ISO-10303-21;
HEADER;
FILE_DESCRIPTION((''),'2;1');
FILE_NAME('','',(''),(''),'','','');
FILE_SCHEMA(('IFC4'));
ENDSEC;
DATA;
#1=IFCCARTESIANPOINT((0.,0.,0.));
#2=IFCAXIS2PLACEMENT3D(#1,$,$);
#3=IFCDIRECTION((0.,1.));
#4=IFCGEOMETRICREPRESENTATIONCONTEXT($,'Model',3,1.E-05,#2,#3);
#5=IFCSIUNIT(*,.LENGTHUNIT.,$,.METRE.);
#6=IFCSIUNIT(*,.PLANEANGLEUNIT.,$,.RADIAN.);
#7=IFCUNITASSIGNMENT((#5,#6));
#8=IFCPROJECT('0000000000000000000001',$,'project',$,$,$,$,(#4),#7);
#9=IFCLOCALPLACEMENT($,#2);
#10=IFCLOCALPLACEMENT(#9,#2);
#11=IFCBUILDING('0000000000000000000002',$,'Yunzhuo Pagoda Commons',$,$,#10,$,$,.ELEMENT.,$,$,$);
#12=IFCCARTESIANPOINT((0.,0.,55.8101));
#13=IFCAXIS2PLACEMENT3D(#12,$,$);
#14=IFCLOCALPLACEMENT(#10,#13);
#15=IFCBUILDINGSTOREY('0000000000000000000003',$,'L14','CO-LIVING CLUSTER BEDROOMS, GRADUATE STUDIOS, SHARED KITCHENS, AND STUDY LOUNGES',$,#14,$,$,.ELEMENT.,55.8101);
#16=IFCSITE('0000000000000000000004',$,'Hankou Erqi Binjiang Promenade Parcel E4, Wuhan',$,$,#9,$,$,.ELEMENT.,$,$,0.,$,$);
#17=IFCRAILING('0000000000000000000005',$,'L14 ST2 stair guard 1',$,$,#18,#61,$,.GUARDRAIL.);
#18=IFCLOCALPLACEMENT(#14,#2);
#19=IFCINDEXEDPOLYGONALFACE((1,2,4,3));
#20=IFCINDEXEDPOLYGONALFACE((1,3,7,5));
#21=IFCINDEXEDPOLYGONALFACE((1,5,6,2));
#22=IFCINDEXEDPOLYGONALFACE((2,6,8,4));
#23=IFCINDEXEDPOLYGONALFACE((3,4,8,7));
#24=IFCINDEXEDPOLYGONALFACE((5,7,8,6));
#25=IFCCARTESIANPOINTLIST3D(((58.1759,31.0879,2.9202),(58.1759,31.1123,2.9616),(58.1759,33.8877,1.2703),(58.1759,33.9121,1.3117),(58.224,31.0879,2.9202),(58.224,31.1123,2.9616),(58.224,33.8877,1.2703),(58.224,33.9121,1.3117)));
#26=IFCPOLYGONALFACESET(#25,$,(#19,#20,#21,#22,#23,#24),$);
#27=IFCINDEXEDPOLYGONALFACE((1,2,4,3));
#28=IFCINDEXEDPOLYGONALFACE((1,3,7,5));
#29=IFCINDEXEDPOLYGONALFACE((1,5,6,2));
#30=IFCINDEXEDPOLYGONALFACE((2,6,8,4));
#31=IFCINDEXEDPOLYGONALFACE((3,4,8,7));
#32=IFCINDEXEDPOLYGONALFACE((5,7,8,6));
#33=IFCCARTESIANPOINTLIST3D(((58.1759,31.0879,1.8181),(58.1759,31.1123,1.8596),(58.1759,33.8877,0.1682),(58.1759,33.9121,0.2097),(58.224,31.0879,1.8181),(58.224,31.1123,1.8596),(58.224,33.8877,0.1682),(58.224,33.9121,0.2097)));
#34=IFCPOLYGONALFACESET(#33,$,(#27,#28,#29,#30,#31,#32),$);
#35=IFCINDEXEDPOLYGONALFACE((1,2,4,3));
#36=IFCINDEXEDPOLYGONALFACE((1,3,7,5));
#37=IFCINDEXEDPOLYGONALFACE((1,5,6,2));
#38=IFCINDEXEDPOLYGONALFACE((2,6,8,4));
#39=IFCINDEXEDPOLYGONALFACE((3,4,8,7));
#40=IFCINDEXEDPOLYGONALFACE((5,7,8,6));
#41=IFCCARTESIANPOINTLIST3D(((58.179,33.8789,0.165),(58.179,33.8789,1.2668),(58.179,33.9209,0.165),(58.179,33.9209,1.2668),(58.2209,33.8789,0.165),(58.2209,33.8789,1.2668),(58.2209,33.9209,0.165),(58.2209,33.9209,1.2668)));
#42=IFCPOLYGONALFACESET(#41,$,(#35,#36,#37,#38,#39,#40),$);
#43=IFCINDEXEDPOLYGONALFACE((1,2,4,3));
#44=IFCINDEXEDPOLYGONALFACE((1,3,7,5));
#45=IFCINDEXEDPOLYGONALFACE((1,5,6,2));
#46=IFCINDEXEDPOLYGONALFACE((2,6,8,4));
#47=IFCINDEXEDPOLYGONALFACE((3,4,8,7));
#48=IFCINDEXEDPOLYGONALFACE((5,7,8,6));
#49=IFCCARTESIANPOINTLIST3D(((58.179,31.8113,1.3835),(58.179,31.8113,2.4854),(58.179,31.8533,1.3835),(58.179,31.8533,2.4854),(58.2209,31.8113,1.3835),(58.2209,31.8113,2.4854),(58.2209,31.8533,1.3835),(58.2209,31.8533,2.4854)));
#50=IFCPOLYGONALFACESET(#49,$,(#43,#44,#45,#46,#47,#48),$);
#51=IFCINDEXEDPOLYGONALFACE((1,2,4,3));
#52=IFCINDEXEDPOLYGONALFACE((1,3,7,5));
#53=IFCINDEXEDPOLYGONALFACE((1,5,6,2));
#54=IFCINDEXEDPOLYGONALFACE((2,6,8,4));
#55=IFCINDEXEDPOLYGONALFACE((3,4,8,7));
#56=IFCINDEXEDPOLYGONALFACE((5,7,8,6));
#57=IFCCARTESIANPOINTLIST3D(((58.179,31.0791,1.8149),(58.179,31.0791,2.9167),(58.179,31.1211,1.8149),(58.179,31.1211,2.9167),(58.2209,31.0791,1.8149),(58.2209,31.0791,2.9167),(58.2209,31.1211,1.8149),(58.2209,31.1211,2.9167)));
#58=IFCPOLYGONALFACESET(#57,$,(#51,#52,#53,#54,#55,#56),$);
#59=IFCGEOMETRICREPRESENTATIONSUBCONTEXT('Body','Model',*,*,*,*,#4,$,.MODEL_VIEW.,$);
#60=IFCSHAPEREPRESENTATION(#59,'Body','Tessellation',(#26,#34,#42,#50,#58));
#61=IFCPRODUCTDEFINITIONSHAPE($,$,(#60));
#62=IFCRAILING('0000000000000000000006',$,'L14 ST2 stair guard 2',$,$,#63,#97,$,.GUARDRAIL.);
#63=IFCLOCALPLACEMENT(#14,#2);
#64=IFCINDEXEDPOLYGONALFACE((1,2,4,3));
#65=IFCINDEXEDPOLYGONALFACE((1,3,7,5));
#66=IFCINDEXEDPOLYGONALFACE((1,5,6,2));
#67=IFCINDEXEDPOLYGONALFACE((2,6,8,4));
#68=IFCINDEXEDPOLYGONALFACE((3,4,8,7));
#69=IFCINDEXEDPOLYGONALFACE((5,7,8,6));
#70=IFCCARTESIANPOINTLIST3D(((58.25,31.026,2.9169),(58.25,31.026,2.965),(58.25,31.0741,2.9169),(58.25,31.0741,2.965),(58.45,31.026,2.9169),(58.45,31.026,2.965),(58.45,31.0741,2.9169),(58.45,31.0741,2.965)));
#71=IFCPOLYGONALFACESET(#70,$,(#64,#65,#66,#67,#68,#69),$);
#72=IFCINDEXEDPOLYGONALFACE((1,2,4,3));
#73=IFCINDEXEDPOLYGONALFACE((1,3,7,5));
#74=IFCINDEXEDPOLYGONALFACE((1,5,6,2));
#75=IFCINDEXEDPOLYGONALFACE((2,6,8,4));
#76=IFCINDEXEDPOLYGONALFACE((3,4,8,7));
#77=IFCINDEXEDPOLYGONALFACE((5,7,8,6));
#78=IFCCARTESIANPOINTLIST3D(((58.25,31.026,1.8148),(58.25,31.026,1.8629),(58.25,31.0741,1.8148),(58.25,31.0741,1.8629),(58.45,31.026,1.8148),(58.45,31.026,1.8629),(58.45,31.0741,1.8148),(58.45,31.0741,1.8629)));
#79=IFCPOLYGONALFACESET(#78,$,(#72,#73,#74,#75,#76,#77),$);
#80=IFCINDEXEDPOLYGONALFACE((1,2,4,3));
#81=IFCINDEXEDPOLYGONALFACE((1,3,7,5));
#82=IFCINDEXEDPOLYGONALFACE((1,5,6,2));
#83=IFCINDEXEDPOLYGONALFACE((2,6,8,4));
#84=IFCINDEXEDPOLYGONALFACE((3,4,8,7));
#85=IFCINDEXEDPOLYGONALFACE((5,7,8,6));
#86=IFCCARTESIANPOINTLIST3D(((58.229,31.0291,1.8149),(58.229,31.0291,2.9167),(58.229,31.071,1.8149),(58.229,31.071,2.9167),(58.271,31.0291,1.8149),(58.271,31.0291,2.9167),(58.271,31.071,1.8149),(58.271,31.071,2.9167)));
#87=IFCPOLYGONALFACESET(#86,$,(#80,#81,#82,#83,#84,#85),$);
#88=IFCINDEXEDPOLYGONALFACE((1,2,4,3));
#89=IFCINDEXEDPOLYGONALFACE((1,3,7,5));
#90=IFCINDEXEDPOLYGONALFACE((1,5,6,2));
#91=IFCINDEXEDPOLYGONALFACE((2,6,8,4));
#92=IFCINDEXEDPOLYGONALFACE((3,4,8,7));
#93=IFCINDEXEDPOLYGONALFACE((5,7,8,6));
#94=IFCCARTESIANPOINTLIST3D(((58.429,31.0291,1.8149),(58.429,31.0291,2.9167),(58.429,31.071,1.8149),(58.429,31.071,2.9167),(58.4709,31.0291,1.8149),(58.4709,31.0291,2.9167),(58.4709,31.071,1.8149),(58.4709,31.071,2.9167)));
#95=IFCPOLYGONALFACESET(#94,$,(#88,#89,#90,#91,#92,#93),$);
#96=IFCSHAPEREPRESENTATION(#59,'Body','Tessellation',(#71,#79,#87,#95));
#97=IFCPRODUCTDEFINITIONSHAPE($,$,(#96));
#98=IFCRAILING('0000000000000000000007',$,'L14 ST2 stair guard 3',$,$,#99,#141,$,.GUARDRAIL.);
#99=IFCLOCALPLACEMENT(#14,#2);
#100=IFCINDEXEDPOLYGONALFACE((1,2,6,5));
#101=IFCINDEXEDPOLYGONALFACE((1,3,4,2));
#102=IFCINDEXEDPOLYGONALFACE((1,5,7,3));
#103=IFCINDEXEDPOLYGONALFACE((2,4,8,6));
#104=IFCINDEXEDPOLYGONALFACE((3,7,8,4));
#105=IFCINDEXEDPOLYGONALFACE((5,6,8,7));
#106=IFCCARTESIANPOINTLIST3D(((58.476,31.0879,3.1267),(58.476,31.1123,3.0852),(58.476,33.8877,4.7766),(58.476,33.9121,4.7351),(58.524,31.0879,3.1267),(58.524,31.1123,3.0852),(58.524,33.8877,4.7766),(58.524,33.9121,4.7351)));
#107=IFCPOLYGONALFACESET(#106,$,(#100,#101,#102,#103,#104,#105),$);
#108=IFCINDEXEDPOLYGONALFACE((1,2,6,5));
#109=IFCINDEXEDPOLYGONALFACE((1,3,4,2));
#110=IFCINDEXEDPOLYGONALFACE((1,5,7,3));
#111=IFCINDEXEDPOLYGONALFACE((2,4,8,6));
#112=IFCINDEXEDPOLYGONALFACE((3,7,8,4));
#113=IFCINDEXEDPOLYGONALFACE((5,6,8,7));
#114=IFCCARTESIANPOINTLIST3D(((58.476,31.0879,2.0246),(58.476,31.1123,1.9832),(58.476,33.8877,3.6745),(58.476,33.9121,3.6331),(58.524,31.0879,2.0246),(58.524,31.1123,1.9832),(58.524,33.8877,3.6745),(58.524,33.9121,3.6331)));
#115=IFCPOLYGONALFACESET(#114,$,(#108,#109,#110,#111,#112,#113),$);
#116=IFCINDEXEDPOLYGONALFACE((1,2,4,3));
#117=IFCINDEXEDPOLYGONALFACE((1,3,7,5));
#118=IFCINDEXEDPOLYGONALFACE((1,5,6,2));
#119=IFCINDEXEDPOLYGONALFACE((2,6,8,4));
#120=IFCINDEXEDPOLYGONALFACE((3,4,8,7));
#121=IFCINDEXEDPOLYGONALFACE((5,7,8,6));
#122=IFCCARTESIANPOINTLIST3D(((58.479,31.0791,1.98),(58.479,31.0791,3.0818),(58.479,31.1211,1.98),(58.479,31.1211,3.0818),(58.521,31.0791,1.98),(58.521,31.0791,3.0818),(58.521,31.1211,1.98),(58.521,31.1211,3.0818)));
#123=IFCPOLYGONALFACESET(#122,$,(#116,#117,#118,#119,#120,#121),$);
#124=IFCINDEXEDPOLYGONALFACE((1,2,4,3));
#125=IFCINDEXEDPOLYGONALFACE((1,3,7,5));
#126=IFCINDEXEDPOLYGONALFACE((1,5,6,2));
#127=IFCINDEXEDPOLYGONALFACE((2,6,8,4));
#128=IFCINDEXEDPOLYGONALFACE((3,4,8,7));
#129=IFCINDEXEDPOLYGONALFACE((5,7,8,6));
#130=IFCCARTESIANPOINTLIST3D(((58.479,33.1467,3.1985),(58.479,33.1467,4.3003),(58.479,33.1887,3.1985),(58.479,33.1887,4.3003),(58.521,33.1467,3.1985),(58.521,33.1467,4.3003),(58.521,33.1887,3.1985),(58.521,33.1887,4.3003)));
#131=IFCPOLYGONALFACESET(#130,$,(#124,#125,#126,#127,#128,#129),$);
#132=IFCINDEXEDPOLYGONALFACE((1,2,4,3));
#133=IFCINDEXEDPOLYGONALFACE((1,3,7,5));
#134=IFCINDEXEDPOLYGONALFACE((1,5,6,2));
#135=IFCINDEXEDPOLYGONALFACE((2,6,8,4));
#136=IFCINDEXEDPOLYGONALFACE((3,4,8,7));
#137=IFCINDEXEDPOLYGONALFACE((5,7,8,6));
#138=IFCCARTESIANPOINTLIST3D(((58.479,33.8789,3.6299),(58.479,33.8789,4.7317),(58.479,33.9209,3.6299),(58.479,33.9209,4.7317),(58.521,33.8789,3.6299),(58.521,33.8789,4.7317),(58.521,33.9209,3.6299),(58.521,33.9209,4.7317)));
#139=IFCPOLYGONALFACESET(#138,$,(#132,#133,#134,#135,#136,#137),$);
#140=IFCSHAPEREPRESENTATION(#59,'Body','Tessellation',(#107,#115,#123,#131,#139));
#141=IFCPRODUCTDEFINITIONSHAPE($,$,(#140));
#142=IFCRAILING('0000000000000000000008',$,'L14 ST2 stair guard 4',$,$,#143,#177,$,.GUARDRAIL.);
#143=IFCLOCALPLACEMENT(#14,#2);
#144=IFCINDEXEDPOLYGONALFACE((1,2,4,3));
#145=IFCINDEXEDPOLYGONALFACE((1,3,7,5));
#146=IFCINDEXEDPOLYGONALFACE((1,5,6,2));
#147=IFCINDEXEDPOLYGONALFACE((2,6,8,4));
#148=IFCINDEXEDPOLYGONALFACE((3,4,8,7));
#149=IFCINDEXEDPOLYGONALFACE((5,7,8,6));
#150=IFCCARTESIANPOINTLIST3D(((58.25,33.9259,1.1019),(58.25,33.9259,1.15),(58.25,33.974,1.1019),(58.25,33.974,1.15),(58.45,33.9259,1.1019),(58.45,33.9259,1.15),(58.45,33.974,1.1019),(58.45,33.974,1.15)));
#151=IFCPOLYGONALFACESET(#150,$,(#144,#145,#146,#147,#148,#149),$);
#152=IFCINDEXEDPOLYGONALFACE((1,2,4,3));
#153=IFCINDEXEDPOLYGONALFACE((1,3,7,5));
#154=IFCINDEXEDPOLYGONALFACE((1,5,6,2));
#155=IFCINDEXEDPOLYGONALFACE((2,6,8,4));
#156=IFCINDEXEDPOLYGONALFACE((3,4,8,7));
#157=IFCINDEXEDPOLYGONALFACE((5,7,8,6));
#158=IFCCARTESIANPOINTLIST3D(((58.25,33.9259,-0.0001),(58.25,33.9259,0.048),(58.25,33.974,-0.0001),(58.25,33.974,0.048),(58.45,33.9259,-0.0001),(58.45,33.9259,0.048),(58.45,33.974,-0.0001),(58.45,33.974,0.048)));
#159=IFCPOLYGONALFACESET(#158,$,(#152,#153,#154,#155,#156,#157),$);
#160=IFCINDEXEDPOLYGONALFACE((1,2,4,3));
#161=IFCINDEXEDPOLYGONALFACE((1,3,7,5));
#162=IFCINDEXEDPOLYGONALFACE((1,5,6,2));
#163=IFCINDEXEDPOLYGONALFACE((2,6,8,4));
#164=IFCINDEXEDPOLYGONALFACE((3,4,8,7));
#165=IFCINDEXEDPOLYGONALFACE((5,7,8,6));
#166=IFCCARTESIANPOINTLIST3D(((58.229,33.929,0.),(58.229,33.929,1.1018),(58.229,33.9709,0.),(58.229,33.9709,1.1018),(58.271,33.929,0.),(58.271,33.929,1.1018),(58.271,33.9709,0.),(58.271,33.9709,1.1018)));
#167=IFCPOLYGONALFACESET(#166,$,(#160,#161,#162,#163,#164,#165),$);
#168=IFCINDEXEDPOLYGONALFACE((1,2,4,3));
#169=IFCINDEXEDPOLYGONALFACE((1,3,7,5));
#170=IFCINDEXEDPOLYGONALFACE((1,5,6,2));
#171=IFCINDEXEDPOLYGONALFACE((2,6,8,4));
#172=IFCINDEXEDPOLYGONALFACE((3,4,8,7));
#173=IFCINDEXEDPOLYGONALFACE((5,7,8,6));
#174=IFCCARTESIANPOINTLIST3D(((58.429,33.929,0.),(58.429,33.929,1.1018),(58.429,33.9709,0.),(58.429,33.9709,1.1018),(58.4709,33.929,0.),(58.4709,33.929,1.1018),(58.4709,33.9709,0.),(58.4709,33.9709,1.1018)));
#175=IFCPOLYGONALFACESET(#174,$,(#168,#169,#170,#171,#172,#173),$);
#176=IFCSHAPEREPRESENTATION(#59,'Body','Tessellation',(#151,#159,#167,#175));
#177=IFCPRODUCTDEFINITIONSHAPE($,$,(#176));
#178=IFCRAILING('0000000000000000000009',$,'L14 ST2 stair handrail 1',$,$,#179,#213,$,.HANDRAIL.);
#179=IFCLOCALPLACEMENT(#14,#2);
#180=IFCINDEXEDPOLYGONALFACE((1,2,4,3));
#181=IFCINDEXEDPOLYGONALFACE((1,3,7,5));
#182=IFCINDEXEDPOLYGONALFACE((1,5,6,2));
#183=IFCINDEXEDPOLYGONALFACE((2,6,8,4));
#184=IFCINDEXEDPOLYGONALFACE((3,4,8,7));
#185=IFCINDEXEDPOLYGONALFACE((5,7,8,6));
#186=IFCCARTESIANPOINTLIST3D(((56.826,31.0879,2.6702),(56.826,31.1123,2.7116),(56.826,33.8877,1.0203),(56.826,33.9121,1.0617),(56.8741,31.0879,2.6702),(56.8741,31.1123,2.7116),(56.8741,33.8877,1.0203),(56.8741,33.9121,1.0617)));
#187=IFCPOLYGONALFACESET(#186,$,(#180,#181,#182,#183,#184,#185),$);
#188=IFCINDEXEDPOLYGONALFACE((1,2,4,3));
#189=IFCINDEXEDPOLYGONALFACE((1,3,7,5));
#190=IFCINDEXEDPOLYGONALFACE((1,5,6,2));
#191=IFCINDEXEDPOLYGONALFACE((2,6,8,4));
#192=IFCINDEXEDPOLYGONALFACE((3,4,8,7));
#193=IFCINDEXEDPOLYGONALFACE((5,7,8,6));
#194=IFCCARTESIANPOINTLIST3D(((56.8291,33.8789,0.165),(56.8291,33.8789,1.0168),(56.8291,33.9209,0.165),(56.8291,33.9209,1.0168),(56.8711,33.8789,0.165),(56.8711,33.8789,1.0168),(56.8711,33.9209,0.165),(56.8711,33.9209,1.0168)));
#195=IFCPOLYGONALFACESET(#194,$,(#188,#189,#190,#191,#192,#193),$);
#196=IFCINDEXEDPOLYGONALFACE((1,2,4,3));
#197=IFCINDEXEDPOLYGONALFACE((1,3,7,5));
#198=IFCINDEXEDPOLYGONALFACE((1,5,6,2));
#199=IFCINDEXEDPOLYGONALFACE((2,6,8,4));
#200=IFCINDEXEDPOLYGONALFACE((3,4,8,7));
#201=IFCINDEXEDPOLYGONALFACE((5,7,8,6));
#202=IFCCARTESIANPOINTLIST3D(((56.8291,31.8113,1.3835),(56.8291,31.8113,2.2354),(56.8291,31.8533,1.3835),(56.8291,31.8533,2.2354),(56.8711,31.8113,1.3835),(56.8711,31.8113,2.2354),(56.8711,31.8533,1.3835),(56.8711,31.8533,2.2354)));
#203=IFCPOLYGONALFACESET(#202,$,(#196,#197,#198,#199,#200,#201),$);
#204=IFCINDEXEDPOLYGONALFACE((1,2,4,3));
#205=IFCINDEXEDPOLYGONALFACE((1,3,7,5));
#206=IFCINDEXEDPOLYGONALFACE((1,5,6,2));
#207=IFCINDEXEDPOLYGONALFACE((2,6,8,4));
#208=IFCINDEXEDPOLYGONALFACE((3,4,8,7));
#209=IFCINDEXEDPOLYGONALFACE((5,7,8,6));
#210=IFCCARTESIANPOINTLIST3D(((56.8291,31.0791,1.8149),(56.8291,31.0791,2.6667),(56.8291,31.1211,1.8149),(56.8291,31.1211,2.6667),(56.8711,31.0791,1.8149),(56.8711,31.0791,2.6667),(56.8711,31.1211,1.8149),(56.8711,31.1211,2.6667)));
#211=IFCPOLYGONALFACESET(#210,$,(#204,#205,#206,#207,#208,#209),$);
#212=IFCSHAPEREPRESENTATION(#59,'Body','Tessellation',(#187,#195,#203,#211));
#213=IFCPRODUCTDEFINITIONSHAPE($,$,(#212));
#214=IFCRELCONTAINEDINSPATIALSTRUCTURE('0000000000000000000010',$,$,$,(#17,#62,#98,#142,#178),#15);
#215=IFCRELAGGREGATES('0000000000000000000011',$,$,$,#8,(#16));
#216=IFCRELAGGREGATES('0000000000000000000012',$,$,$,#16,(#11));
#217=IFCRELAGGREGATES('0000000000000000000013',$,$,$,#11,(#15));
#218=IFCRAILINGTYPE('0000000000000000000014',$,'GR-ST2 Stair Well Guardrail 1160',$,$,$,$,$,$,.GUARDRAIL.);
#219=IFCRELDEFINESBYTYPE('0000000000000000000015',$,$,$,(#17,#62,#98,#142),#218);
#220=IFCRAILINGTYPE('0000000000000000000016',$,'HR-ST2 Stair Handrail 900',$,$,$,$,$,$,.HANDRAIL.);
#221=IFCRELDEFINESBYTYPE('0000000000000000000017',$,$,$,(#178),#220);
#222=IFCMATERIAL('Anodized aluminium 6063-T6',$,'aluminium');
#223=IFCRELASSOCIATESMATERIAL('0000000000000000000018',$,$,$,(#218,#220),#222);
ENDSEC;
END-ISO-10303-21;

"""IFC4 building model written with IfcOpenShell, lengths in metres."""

from ifc_helpers import new_model, si_unit, direction, frame, origin, origin_2d, place, context, subcontext, project, spatial, rectangle, extrude, material, type_object, element, save


model = new_model("IFC4")

# Units and contexts
model_context = context("Model", 3, precision=1e-05, world=origin(), true_north=direction((0.0, 1.0)))
body_context = subcontext(model_context, "Body", "Model", "MODEL_VIEW")
ifc_project = project(units=[si_unit("LENGTHUNIT", "METRE"), si_unit("PLANEANGLEUNIT", "RADIAN")], contexts=[model_context])

# Site, building, storey
site_placement = place(None, origin())
site = spatial("IfcSite", under=ifc_project, at=site_placement, Name="Hankou Erqi Binjiang Promenade Parcel E4, Wuhan", CompositionType="ELEMENT", RefElevation=0.0)
building_placement = place(site_placement, origin())
building = spatial("IfcBuilding", under=site, at=building_placement, Name="Yunzhuo Pagoda Commons", CompositionType="ELEMENT")
storey_placement = place(building_placement, frame((0.0, 0.0, 55.8101)))
storey = spatial("IfcBuildingStorey", under=building, at=storey_placement, Name="L14", Description="CO-LIVING CLUSTER BEDROOMS, GRADUATE STUDIOS, SHARED KITCHENS, AND STUDY LOUNGES", CompositionType="ELEMENT", Elevation=55.8101)

# Railings
ifc_material_1 = material(Name="Anodized aluminium 6063-T6", Category="aluminium")
railing_type_1 = type_object("IfcRailingType", Name="GR-ST2 Stair Well Guardrail 1160", PredefinedType="GUARDRAIL", material=ifc_material_1)
railing_1_placement = place(storey_placement, frame((58.2, 33.8999, 0.165)))
element("IfcRailing", 1, at=railing_1_placement, inside=storey, type_object=railing_type_1, Name="L14 ST2 stair guard 1", PredefinedType="GUARDRAIL", context=body_context, shape_type="SweptSolid", body=[
    extrude(rectangle(XDim=0.0481, YDim=0.0481, at=origin_2d()), frame((0.0, 0.0, 1.126), z_axis=(0.0, -0.861536, 0.507696), x_axis=(1.0, 0.0, 0.0)), (0.0, 0.0, 1.0), 3.2498),
    extrude(rectangle(XDim=0.0481, YDim=0.0481, at=origin_2d()), frame((0.0, 0.0, 0.0239), z_axis=(0.0, -0.861536, 0.507696), x_axis=(1.0, 0.0, 0.0)), (0.0, 0.0, 1.0), 3.2498),
    extrude(rectangle(XDim=0.042, YDim=0.042, at=origin_2d()), origin(), (0.0, 0.0, 1.0), 1.1018),
    extrude(rectangle(XDim=0.042, YDim=0.042, at=origin_2d()), frame((0.0, -2.0676, 1.2185)), (0.0, 0.0, 1.0), 1.1018),
    extrude(rectangle(XDim=0.042, YDim=0.042, at=origin_2d()), frame((0.0, -2.7998, 1.6499)), (0.0, 0.0, 1.0), 1.1018),
])
railing_2_placement = place(storey_placement, frame((58.25, 31.05, 1.8149)))
element("IfcRailing", 2, at=railing_2_placement, inside=storey, type_object=railing_type_1, Name="L14 ST2 stair guard 2", PredefinedType="GUARDRAIL", context=body_context, shape_type="SweptSolid", body=[
    extrude(rectangle(XDim=0.0481, YDim=0.0481, at=origin_2d()), frame((0.0, 0.0, 1.126), z_axis=(1.0, 0.0, 0.0), x_axis=(0.0, 1.0, 0.0)), (0.0, 0.0, 1.0), 0.2),
    extrude(rectangle(XDim=0.0481, YDim=0.0481, at=origin_2d()), frame((0.0, 0.0, 0.0239), z_axis=(1.0, 0.0, 0.0), x_axis=(0.0, 1.0, 0.0)), (0.0, 0.0, 1.0), 0.2),
    extrude(rectangle(XDim=0.042, YDim=0.042, at=origin_2d()), origin(), (0.0, 0.0, 1.0), 1.1018),
    extrude(rectangle(XDim=0.042, YDim=0.042, at=origin_2d()), frame((0.2, 0.0, 0.0)), (0.0, 0.0, 1.0), 1.1018),
])
railing_3_placement = place(storey_placement, frame((58.5, 31.1001, 1.98)))
element("IfcRailing", 3, at=railing_3_placement, inside=storey, type_object=railing_type_1, Name="L14 ST2 stair guard 3", PredefinedType="GUARDRAIL", context=body_context, shape_type="SweptSolid", body=[
    extrude(rectangle(XDim=0.0481, YDim=0.0481, at=origin_2d()), frame((0.0, 0.0, 1.126), z_axis=(0.0, 0.861536, 0.507696), x_axis=(-1.0, 0.0, 0.0)), (0.0, 0.0, 1.0), 3.2498),
    extrude(rectangle(XDim=0.0481, YDim=0.0481, at=origin_2d()), frame((0.0, 0.0, 0.0239), z_axis=(0.0, 0.861536, 0.507696), x_axis=(-1.0, 0.0, 0.0)), (0.0, 0.0, 1.0), 3.2498),
    extrude(rectangle(XDim=0.042, YDim=0.042, at=origin_2d()), origin(), (0.0, 0.0, 1.0), 1.1018),
    extrude(rectangle(XDim=0.042, YDim=0.042, at=origin_2d()), frame((0.0, 2.0676, 1.2185)), (0.0, 0.0, 1.0), 1.1018),
    extrude(rectangle(XDim=0.042, YDim=0.042, at=origin_2d()), frame((0.0, 2.7998, 1.6499)), (0.0, 0.0, 1.0), 1.1018),
])
railing_4_placement = place(storey_placement, frame((58.25, 33.95, 0.0)))
element("IfcRailing", 4, at=railing_4_placement, inside=storey, type_object=railing_type_1, Name="L14 ST2 stair guard 4", PredefinedType="GUARDRAIL", context=body_context, shape_type="SweptSolid", body=[
    extrude(rectangle(XDim=0.0481, YDim=0.0481, at=origin_2d()), frame((0.0, 0.0, 1.126), z_axis=(1.0, 0.0, 0.0), x_axis=(0.0, 1.0, 0.0)), (0.0, 0.0, 1.0), 0.2),
    extrude(rectangle(XDim=0.0481, YDim=0.0481, at=origin_2d()), frame((0.0, 0.0, 0.0239), z_axis=(1.0, 0.0, 0.0), x_axis=(0.0, 1.0, 0.0)), (0.0, 0.0, 1.0), 0.2),
    extrude(rectangle(XDim=0.042, YDim=0.042, at=origin_2d()), origin(), (0.0, 0.0, 1.0), 1.1018),
    extrude(rectangle(XDim=0.042, YDim=0.042, at=origin_2d()), frame((0.2, 0.0, 0.0)), (0.0, 0.0, 1.0), 1.1018),
])
railing_type_2 = type_object("IfcRailingType", Name="HR-ST2 Stair Handrail 900", PredefinedType="HANDRAIL", material=ifc_material_1)
railing_5_placement = place(storey_placement, frame((56.8501, 33.8999, 0.165)))
element("IfcRailing", 5, at=railing_5_placement, inside=storey, type_object=railing_type_2, Name="L14 ST2 stair handrail 1", PredefinedType="HANDRAIL", context=body_context, shape_type="SweptSolid", body=[
    extrude(rectangle(XDim=0.0481, YDim=0.0481, at=origin_2d()), frame((0.0, 0.0, 0.876), z_axis=(0.0, -0.861536, 0.507696), x_axis=(1.0, 0.0, 0.0)), (0.0, 0.0, 1.0), 3.2498),
    extrude(rectangle(XDim=0.042, YDim=0.042, at=origin_2d()), origin(), (0.0, 0.0, 1.0), 0.8518),
    extrude(rectangle(XDim=0.042, YDim=0.042, at=origin_2d()), frame((0.0, -2.0676, 1.2185)), (0.0, 0.0, 1.0), 0.8518),
    extrude(rectangle(XDim=0.042, YDim=0.042, at=origin_2d()), frame((0.0, -2.7998, 1.6499)), (0.0, 0.0, 1.0), 0.8518),
])

save(model, "model.ifc")
